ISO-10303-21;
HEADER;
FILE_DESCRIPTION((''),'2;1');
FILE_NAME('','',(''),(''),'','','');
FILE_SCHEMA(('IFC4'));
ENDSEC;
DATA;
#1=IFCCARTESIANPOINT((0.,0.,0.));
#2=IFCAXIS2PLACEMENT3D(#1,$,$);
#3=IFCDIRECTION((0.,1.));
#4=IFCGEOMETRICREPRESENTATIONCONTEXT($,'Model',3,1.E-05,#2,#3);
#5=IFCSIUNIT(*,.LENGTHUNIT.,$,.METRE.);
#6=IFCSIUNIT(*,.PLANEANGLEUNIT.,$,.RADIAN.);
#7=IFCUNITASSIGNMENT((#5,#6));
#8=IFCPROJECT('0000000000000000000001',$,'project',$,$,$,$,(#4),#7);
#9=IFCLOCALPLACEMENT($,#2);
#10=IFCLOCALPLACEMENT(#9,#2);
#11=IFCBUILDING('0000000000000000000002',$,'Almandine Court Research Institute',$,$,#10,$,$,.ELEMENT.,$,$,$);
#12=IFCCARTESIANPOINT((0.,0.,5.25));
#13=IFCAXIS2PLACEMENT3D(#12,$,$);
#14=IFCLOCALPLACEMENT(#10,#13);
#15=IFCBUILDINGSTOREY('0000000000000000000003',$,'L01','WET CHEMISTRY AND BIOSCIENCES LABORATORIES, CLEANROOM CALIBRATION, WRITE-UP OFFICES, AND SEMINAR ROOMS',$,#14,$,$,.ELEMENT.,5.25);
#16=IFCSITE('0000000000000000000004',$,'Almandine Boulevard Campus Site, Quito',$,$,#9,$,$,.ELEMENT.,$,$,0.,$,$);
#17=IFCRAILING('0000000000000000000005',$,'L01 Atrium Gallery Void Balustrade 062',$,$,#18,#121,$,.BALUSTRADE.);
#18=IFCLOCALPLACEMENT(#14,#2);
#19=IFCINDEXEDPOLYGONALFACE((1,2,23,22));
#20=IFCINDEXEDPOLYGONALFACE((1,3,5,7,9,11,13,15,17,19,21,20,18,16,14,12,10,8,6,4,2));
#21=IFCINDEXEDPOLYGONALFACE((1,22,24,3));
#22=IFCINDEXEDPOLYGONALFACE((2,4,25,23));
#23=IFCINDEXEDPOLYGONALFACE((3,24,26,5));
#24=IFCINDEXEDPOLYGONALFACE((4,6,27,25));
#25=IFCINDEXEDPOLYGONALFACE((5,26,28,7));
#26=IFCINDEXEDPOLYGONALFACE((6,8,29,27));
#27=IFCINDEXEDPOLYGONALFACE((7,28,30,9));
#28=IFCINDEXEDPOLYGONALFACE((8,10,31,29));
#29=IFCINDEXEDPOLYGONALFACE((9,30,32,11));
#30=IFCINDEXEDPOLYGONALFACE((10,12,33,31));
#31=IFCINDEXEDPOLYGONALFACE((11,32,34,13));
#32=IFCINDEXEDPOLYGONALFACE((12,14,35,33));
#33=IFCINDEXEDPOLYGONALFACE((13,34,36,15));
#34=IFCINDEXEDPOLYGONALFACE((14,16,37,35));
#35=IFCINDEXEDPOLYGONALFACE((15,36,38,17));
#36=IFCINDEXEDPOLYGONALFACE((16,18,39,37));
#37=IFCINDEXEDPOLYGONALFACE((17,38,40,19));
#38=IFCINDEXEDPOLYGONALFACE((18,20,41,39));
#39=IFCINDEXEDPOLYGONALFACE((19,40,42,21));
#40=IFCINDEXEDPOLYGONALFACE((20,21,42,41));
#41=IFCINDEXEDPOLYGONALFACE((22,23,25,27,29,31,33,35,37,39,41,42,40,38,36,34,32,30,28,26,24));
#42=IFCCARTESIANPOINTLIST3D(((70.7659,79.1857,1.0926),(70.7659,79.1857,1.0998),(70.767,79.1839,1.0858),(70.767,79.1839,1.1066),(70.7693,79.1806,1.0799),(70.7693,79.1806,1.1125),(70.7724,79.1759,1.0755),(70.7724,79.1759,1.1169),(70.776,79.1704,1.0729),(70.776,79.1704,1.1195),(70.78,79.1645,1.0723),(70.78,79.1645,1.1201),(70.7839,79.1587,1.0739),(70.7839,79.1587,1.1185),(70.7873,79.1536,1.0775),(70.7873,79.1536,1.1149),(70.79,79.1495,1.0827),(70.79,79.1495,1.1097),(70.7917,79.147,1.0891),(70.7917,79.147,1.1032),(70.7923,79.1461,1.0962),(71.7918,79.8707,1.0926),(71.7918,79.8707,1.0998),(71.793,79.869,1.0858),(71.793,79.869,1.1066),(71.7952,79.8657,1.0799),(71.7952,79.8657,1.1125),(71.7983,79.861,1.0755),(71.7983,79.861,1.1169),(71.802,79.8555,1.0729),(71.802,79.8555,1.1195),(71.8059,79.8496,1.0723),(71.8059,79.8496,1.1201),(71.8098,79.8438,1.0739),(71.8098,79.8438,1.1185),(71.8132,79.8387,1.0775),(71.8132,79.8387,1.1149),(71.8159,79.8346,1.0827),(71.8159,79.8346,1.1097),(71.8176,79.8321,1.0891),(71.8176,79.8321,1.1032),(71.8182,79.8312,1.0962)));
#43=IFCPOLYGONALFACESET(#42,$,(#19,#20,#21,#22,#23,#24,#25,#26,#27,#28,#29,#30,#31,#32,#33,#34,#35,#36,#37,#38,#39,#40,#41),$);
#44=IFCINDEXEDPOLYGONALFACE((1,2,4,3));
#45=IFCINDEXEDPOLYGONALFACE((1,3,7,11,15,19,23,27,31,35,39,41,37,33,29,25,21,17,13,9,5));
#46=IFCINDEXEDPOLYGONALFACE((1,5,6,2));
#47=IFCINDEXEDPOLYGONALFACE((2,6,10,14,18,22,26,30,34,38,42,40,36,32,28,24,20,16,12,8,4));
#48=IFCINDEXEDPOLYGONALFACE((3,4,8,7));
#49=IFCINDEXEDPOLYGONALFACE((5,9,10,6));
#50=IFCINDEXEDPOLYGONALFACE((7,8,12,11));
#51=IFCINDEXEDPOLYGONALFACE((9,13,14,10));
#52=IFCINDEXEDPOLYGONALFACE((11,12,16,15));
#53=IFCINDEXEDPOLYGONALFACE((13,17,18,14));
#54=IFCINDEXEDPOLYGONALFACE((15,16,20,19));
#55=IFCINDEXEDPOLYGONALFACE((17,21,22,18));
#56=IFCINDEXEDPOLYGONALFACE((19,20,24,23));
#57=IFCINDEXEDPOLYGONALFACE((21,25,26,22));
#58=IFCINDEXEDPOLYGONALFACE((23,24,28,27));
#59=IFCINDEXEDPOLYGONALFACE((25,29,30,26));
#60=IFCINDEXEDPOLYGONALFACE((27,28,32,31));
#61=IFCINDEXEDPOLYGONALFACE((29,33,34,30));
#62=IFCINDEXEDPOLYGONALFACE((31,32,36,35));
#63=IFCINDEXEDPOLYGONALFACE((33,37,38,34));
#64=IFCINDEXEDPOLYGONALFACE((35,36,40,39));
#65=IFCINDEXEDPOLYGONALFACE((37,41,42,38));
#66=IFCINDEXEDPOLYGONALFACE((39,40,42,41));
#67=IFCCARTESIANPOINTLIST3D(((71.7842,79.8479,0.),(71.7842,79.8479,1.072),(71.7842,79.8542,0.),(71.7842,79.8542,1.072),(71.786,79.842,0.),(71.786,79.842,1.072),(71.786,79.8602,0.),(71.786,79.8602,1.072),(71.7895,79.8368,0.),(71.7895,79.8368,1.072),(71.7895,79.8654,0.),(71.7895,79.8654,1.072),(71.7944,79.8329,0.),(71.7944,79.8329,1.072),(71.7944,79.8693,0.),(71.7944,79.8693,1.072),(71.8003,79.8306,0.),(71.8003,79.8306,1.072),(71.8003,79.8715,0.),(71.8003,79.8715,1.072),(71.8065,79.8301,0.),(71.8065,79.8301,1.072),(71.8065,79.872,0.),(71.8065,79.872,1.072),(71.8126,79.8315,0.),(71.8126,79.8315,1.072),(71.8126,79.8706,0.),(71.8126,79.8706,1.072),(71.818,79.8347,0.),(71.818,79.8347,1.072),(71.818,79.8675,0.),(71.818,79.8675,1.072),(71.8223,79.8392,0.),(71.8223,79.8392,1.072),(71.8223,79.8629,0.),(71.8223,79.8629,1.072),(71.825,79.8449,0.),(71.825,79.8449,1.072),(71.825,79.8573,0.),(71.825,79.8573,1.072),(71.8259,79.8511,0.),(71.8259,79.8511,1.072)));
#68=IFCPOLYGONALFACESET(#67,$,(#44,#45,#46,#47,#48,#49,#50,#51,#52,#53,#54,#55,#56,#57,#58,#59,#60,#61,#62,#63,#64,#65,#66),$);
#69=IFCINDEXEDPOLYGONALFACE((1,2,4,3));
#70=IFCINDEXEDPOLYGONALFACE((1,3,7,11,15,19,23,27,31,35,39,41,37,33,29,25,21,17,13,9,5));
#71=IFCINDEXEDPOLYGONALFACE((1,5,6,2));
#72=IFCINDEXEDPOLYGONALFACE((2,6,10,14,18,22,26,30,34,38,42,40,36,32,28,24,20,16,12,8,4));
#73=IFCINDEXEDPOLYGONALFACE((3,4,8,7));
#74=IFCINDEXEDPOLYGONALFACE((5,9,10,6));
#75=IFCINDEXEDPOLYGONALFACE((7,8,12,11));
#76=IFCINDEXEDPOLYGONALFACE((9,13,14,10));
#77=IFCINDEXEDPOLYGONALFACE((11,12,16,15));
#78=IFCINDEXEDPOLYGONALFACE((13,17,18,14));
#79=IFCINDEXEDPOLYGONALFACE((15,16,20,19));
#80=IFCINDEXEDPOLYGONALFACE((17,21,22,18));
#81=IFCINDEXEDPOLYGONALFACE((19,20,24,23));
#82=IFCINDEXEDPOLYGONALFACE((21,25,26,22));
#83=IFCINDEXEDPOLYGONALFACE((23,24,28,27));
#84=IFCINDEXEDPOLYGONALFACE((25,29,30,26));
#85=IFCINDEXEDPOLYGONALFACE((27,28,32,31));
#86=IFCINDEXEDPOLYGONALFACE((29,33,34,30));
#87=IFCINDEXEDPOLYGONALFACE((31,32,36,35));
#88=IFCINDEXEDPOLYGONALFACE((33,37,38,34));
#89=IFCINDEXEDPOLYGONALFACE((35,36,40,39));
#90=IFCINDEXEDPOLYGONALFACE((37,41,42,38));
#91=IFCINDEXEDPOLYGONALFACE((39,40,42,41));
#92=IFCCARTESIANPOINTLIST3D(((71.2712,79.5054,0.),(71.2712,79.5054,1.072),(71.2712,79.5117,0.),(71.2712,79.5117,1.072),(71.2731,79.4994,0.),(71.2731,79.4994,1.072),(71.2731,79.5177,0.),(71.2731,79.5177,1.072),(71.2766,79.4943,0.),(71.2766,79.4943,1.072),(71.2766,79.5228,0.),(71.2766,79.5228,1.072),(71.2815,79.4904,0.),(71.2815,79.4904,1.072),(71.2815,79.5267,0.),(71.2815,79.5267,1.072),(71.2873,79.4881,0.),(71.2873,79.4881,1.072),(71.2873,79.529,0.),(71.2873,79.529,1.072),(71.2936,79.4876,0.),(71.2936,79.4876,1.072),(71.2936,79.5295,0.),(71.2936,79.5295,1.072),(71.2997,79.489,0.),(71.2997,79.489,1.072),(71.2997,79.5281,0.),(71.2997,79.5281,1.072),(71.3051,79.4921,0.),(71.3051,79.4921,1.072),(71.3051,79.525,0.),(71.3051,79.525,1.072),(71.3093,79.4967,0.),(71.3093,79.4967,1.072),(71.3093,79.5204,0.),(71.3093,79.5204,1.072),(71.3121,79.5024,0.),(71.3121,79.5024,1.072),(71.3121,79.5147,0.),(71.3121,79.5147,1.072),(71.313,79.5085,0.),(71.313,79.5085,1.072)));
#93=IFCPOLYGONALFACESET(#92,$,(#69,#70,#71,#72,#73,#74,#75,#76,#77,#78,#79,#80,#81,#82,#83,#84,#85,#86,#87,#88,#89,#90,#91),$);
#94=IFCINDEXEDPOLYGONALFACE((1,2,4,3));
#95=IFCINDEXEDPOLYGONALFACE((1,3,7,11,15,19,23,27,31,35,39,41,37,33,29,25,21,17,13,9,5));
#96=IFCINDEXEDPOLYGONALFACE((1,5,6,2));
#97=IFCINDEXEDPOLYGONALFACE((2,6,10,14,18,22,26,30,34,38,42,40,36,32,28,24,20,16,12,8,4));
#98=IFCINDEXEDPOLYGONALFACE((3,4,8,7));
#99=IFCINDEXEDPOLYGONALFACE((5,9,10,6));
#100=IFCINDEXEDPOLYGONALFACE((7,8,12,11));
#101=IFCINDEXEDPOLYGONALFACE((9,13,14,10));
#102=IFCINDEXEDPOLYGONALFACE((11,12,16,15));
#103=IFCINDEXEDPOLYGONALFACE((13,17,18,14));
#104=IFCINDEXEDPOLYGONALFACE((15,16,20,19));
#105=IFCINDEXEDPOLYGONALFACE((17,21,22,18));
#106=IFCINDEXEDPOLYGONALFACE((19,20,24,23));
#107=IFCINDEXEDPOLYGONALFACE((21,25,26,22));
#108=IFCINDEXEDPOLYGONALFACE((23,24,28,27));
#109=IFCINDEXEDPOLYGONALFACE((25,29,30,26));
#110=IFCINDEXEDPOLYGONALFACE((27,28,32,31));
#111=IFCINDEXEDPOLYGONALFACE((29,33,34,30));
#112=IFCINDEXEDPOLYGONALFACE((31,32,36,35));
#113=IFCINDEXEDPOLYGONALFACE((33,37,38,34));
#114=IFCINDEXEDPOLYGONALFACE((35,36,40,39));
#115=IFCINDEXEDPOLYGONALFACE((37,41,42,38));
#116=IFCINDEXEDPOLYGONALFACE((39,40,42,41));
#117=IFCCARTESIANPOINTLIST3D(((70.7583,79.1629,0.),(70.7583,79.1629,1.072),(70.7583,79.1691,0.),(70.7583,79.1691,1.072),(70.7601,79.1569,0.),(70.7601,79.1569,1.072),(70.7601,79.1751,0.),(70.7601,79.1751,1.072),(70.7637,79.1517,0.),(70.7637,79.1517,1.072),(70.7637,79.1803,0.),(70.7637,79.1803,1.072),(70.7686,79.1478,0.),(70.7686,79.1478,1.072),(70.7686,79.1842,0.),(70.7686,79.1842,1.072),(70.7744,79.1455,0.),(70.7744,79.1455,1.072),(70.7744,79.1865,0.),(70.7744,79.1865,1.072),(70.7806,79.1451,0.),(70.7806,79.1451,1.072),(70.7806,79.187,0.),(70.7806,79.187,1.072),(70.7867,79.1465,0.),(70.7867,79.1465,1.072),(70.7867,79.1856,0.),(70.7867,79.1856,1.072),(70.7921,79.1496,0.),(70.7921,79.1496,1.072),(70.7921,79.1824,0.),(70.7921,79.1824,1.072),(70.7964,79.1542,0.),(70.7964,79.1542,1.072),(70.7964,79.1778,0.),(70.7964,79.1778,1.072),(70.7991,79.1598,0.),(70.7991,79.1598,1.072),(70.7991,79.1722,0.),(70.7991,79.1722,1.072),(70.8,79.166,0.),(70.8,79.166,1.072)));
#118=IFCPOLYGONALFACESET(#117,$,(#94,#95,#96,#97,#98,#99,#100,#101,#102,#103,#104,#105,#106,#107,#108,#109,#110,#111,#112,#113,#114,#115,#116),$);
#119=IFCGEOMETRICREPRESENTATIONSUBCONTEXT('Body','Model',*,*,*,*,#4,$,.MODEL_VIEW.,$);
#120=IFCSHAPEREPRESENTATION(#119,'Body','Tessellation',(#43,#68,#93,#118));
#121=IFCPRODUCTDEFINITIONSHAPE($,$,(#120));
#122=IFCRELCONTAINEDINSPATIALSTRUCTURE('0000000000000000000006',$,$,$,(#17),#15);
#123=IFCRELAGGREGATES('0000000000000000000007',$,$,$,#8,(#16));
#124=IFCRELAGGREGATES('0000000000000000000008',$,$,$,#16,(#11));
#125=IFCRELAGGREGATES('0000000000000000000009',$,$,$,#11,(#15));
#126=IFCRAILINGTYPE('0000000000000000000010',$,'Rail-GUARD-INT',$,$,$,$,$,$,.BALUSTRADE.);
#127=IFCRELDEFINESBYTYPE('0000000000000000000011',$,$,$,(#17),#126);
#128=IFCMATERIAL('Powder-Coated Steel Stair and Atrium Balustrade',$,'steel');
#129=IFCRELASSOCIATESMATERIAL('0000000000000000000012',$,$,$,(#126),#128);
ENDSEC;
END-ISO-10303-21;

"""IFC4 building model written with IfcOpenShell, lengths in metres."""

from ifc_helpers import new_model, si_unit, direction, frame, origin, origin_2d, place, context, subcontext, project, spatial, circle, extrude, material, type_object, element, save


model = new_model("IFC4")

# Units and contexts
model_context = context("Model", 3, precision=1e-05, world=origin(), true_north=direction((0.0, 1.0)))
body_context = subcontext(model_context, "Body", "Model", "MODEL_VIEW")
ifc_project = project(units=[si_unit("LENGTHUNIT", "METRE"), si_unit("PLANEANGLEUNIT", "RADIAN")], contexts=[model_context])

# Site, building, storey
site_placement = place(None, origin())
site = spatial("IfcSite", under=ifc_project, at=site_placement, Name="Almandine Boulevard Campus Site, Quito", CompositionType="ELEMENT", RefElevation=0.0)
building_placement = place(site_placement, origin())
building = spatial("IfcBuilding", under=site, at=building_placement, Name="Almandine Court Research Institute", CompositionType="ELEMENT")
storey_placement = place(building_placement, frame((0.0, 0.0, 5.25)))
storey = spatial("IfcBuildingStorey", under=building, at=storey_placement, Name="L01", Description="WET CHEMISTRY AND BIOSCIENCES LABORATORIES, CLEANROOM CALIBRATION, WRITE-UP OFFICES, AND SEMINAR ROOMS", CompositionType="ELEMENT", Elevation=5.25)

# Railing
ifc_material_1 = material(Name="Powder-Coated Steel Stair and Atrium Balustrade", Category="steel")
railing_type = type_object("IfcRailingType", Name="Rail-GUARD-INT", PredefinedType="BALUSTRADE", material=ifc_material_1)
railing_1_placement = place(storey_placement, frame((71.8049, 79.8511, 0.0)))
element("IfcRailing", 1, at=railing_1_placement, inside=storey, type_object=railing_type, Name="L01 Atrium Gallery Void Balustrade 062", PredefinedType="BALUSTRADE", context=body_context, shape_type="SweptSolid", body=[
    extrude(circle(Radius=0.0239, at=origin_2d()), frame((0.0, 0.0, 1.0962), z_axis=(-0.831624, -0.555339, 0.0), x_axis=(0.555339, -0.831624, 0.0)), (0.0, 0.0, 1.0), 1.2336),
    extrude(circle(Radius=0.021, at=origin_2d()), origin(), (0.0, 0.0, 1.0), 1.072),
    extrude(circle(Radius=0.021, at=origin_2d()), frame((-0.5129, -0.3425, 0.0)), (0.0, 0.0, 1.0), 1.072),
    extrude(circle(Radius=0.021, at=origin_2d()), frame((-1.0259, -0.6851, 0.0)), (0.0, 0.0, 1.0), 1.072),
])

save(model, "model.ifc")
